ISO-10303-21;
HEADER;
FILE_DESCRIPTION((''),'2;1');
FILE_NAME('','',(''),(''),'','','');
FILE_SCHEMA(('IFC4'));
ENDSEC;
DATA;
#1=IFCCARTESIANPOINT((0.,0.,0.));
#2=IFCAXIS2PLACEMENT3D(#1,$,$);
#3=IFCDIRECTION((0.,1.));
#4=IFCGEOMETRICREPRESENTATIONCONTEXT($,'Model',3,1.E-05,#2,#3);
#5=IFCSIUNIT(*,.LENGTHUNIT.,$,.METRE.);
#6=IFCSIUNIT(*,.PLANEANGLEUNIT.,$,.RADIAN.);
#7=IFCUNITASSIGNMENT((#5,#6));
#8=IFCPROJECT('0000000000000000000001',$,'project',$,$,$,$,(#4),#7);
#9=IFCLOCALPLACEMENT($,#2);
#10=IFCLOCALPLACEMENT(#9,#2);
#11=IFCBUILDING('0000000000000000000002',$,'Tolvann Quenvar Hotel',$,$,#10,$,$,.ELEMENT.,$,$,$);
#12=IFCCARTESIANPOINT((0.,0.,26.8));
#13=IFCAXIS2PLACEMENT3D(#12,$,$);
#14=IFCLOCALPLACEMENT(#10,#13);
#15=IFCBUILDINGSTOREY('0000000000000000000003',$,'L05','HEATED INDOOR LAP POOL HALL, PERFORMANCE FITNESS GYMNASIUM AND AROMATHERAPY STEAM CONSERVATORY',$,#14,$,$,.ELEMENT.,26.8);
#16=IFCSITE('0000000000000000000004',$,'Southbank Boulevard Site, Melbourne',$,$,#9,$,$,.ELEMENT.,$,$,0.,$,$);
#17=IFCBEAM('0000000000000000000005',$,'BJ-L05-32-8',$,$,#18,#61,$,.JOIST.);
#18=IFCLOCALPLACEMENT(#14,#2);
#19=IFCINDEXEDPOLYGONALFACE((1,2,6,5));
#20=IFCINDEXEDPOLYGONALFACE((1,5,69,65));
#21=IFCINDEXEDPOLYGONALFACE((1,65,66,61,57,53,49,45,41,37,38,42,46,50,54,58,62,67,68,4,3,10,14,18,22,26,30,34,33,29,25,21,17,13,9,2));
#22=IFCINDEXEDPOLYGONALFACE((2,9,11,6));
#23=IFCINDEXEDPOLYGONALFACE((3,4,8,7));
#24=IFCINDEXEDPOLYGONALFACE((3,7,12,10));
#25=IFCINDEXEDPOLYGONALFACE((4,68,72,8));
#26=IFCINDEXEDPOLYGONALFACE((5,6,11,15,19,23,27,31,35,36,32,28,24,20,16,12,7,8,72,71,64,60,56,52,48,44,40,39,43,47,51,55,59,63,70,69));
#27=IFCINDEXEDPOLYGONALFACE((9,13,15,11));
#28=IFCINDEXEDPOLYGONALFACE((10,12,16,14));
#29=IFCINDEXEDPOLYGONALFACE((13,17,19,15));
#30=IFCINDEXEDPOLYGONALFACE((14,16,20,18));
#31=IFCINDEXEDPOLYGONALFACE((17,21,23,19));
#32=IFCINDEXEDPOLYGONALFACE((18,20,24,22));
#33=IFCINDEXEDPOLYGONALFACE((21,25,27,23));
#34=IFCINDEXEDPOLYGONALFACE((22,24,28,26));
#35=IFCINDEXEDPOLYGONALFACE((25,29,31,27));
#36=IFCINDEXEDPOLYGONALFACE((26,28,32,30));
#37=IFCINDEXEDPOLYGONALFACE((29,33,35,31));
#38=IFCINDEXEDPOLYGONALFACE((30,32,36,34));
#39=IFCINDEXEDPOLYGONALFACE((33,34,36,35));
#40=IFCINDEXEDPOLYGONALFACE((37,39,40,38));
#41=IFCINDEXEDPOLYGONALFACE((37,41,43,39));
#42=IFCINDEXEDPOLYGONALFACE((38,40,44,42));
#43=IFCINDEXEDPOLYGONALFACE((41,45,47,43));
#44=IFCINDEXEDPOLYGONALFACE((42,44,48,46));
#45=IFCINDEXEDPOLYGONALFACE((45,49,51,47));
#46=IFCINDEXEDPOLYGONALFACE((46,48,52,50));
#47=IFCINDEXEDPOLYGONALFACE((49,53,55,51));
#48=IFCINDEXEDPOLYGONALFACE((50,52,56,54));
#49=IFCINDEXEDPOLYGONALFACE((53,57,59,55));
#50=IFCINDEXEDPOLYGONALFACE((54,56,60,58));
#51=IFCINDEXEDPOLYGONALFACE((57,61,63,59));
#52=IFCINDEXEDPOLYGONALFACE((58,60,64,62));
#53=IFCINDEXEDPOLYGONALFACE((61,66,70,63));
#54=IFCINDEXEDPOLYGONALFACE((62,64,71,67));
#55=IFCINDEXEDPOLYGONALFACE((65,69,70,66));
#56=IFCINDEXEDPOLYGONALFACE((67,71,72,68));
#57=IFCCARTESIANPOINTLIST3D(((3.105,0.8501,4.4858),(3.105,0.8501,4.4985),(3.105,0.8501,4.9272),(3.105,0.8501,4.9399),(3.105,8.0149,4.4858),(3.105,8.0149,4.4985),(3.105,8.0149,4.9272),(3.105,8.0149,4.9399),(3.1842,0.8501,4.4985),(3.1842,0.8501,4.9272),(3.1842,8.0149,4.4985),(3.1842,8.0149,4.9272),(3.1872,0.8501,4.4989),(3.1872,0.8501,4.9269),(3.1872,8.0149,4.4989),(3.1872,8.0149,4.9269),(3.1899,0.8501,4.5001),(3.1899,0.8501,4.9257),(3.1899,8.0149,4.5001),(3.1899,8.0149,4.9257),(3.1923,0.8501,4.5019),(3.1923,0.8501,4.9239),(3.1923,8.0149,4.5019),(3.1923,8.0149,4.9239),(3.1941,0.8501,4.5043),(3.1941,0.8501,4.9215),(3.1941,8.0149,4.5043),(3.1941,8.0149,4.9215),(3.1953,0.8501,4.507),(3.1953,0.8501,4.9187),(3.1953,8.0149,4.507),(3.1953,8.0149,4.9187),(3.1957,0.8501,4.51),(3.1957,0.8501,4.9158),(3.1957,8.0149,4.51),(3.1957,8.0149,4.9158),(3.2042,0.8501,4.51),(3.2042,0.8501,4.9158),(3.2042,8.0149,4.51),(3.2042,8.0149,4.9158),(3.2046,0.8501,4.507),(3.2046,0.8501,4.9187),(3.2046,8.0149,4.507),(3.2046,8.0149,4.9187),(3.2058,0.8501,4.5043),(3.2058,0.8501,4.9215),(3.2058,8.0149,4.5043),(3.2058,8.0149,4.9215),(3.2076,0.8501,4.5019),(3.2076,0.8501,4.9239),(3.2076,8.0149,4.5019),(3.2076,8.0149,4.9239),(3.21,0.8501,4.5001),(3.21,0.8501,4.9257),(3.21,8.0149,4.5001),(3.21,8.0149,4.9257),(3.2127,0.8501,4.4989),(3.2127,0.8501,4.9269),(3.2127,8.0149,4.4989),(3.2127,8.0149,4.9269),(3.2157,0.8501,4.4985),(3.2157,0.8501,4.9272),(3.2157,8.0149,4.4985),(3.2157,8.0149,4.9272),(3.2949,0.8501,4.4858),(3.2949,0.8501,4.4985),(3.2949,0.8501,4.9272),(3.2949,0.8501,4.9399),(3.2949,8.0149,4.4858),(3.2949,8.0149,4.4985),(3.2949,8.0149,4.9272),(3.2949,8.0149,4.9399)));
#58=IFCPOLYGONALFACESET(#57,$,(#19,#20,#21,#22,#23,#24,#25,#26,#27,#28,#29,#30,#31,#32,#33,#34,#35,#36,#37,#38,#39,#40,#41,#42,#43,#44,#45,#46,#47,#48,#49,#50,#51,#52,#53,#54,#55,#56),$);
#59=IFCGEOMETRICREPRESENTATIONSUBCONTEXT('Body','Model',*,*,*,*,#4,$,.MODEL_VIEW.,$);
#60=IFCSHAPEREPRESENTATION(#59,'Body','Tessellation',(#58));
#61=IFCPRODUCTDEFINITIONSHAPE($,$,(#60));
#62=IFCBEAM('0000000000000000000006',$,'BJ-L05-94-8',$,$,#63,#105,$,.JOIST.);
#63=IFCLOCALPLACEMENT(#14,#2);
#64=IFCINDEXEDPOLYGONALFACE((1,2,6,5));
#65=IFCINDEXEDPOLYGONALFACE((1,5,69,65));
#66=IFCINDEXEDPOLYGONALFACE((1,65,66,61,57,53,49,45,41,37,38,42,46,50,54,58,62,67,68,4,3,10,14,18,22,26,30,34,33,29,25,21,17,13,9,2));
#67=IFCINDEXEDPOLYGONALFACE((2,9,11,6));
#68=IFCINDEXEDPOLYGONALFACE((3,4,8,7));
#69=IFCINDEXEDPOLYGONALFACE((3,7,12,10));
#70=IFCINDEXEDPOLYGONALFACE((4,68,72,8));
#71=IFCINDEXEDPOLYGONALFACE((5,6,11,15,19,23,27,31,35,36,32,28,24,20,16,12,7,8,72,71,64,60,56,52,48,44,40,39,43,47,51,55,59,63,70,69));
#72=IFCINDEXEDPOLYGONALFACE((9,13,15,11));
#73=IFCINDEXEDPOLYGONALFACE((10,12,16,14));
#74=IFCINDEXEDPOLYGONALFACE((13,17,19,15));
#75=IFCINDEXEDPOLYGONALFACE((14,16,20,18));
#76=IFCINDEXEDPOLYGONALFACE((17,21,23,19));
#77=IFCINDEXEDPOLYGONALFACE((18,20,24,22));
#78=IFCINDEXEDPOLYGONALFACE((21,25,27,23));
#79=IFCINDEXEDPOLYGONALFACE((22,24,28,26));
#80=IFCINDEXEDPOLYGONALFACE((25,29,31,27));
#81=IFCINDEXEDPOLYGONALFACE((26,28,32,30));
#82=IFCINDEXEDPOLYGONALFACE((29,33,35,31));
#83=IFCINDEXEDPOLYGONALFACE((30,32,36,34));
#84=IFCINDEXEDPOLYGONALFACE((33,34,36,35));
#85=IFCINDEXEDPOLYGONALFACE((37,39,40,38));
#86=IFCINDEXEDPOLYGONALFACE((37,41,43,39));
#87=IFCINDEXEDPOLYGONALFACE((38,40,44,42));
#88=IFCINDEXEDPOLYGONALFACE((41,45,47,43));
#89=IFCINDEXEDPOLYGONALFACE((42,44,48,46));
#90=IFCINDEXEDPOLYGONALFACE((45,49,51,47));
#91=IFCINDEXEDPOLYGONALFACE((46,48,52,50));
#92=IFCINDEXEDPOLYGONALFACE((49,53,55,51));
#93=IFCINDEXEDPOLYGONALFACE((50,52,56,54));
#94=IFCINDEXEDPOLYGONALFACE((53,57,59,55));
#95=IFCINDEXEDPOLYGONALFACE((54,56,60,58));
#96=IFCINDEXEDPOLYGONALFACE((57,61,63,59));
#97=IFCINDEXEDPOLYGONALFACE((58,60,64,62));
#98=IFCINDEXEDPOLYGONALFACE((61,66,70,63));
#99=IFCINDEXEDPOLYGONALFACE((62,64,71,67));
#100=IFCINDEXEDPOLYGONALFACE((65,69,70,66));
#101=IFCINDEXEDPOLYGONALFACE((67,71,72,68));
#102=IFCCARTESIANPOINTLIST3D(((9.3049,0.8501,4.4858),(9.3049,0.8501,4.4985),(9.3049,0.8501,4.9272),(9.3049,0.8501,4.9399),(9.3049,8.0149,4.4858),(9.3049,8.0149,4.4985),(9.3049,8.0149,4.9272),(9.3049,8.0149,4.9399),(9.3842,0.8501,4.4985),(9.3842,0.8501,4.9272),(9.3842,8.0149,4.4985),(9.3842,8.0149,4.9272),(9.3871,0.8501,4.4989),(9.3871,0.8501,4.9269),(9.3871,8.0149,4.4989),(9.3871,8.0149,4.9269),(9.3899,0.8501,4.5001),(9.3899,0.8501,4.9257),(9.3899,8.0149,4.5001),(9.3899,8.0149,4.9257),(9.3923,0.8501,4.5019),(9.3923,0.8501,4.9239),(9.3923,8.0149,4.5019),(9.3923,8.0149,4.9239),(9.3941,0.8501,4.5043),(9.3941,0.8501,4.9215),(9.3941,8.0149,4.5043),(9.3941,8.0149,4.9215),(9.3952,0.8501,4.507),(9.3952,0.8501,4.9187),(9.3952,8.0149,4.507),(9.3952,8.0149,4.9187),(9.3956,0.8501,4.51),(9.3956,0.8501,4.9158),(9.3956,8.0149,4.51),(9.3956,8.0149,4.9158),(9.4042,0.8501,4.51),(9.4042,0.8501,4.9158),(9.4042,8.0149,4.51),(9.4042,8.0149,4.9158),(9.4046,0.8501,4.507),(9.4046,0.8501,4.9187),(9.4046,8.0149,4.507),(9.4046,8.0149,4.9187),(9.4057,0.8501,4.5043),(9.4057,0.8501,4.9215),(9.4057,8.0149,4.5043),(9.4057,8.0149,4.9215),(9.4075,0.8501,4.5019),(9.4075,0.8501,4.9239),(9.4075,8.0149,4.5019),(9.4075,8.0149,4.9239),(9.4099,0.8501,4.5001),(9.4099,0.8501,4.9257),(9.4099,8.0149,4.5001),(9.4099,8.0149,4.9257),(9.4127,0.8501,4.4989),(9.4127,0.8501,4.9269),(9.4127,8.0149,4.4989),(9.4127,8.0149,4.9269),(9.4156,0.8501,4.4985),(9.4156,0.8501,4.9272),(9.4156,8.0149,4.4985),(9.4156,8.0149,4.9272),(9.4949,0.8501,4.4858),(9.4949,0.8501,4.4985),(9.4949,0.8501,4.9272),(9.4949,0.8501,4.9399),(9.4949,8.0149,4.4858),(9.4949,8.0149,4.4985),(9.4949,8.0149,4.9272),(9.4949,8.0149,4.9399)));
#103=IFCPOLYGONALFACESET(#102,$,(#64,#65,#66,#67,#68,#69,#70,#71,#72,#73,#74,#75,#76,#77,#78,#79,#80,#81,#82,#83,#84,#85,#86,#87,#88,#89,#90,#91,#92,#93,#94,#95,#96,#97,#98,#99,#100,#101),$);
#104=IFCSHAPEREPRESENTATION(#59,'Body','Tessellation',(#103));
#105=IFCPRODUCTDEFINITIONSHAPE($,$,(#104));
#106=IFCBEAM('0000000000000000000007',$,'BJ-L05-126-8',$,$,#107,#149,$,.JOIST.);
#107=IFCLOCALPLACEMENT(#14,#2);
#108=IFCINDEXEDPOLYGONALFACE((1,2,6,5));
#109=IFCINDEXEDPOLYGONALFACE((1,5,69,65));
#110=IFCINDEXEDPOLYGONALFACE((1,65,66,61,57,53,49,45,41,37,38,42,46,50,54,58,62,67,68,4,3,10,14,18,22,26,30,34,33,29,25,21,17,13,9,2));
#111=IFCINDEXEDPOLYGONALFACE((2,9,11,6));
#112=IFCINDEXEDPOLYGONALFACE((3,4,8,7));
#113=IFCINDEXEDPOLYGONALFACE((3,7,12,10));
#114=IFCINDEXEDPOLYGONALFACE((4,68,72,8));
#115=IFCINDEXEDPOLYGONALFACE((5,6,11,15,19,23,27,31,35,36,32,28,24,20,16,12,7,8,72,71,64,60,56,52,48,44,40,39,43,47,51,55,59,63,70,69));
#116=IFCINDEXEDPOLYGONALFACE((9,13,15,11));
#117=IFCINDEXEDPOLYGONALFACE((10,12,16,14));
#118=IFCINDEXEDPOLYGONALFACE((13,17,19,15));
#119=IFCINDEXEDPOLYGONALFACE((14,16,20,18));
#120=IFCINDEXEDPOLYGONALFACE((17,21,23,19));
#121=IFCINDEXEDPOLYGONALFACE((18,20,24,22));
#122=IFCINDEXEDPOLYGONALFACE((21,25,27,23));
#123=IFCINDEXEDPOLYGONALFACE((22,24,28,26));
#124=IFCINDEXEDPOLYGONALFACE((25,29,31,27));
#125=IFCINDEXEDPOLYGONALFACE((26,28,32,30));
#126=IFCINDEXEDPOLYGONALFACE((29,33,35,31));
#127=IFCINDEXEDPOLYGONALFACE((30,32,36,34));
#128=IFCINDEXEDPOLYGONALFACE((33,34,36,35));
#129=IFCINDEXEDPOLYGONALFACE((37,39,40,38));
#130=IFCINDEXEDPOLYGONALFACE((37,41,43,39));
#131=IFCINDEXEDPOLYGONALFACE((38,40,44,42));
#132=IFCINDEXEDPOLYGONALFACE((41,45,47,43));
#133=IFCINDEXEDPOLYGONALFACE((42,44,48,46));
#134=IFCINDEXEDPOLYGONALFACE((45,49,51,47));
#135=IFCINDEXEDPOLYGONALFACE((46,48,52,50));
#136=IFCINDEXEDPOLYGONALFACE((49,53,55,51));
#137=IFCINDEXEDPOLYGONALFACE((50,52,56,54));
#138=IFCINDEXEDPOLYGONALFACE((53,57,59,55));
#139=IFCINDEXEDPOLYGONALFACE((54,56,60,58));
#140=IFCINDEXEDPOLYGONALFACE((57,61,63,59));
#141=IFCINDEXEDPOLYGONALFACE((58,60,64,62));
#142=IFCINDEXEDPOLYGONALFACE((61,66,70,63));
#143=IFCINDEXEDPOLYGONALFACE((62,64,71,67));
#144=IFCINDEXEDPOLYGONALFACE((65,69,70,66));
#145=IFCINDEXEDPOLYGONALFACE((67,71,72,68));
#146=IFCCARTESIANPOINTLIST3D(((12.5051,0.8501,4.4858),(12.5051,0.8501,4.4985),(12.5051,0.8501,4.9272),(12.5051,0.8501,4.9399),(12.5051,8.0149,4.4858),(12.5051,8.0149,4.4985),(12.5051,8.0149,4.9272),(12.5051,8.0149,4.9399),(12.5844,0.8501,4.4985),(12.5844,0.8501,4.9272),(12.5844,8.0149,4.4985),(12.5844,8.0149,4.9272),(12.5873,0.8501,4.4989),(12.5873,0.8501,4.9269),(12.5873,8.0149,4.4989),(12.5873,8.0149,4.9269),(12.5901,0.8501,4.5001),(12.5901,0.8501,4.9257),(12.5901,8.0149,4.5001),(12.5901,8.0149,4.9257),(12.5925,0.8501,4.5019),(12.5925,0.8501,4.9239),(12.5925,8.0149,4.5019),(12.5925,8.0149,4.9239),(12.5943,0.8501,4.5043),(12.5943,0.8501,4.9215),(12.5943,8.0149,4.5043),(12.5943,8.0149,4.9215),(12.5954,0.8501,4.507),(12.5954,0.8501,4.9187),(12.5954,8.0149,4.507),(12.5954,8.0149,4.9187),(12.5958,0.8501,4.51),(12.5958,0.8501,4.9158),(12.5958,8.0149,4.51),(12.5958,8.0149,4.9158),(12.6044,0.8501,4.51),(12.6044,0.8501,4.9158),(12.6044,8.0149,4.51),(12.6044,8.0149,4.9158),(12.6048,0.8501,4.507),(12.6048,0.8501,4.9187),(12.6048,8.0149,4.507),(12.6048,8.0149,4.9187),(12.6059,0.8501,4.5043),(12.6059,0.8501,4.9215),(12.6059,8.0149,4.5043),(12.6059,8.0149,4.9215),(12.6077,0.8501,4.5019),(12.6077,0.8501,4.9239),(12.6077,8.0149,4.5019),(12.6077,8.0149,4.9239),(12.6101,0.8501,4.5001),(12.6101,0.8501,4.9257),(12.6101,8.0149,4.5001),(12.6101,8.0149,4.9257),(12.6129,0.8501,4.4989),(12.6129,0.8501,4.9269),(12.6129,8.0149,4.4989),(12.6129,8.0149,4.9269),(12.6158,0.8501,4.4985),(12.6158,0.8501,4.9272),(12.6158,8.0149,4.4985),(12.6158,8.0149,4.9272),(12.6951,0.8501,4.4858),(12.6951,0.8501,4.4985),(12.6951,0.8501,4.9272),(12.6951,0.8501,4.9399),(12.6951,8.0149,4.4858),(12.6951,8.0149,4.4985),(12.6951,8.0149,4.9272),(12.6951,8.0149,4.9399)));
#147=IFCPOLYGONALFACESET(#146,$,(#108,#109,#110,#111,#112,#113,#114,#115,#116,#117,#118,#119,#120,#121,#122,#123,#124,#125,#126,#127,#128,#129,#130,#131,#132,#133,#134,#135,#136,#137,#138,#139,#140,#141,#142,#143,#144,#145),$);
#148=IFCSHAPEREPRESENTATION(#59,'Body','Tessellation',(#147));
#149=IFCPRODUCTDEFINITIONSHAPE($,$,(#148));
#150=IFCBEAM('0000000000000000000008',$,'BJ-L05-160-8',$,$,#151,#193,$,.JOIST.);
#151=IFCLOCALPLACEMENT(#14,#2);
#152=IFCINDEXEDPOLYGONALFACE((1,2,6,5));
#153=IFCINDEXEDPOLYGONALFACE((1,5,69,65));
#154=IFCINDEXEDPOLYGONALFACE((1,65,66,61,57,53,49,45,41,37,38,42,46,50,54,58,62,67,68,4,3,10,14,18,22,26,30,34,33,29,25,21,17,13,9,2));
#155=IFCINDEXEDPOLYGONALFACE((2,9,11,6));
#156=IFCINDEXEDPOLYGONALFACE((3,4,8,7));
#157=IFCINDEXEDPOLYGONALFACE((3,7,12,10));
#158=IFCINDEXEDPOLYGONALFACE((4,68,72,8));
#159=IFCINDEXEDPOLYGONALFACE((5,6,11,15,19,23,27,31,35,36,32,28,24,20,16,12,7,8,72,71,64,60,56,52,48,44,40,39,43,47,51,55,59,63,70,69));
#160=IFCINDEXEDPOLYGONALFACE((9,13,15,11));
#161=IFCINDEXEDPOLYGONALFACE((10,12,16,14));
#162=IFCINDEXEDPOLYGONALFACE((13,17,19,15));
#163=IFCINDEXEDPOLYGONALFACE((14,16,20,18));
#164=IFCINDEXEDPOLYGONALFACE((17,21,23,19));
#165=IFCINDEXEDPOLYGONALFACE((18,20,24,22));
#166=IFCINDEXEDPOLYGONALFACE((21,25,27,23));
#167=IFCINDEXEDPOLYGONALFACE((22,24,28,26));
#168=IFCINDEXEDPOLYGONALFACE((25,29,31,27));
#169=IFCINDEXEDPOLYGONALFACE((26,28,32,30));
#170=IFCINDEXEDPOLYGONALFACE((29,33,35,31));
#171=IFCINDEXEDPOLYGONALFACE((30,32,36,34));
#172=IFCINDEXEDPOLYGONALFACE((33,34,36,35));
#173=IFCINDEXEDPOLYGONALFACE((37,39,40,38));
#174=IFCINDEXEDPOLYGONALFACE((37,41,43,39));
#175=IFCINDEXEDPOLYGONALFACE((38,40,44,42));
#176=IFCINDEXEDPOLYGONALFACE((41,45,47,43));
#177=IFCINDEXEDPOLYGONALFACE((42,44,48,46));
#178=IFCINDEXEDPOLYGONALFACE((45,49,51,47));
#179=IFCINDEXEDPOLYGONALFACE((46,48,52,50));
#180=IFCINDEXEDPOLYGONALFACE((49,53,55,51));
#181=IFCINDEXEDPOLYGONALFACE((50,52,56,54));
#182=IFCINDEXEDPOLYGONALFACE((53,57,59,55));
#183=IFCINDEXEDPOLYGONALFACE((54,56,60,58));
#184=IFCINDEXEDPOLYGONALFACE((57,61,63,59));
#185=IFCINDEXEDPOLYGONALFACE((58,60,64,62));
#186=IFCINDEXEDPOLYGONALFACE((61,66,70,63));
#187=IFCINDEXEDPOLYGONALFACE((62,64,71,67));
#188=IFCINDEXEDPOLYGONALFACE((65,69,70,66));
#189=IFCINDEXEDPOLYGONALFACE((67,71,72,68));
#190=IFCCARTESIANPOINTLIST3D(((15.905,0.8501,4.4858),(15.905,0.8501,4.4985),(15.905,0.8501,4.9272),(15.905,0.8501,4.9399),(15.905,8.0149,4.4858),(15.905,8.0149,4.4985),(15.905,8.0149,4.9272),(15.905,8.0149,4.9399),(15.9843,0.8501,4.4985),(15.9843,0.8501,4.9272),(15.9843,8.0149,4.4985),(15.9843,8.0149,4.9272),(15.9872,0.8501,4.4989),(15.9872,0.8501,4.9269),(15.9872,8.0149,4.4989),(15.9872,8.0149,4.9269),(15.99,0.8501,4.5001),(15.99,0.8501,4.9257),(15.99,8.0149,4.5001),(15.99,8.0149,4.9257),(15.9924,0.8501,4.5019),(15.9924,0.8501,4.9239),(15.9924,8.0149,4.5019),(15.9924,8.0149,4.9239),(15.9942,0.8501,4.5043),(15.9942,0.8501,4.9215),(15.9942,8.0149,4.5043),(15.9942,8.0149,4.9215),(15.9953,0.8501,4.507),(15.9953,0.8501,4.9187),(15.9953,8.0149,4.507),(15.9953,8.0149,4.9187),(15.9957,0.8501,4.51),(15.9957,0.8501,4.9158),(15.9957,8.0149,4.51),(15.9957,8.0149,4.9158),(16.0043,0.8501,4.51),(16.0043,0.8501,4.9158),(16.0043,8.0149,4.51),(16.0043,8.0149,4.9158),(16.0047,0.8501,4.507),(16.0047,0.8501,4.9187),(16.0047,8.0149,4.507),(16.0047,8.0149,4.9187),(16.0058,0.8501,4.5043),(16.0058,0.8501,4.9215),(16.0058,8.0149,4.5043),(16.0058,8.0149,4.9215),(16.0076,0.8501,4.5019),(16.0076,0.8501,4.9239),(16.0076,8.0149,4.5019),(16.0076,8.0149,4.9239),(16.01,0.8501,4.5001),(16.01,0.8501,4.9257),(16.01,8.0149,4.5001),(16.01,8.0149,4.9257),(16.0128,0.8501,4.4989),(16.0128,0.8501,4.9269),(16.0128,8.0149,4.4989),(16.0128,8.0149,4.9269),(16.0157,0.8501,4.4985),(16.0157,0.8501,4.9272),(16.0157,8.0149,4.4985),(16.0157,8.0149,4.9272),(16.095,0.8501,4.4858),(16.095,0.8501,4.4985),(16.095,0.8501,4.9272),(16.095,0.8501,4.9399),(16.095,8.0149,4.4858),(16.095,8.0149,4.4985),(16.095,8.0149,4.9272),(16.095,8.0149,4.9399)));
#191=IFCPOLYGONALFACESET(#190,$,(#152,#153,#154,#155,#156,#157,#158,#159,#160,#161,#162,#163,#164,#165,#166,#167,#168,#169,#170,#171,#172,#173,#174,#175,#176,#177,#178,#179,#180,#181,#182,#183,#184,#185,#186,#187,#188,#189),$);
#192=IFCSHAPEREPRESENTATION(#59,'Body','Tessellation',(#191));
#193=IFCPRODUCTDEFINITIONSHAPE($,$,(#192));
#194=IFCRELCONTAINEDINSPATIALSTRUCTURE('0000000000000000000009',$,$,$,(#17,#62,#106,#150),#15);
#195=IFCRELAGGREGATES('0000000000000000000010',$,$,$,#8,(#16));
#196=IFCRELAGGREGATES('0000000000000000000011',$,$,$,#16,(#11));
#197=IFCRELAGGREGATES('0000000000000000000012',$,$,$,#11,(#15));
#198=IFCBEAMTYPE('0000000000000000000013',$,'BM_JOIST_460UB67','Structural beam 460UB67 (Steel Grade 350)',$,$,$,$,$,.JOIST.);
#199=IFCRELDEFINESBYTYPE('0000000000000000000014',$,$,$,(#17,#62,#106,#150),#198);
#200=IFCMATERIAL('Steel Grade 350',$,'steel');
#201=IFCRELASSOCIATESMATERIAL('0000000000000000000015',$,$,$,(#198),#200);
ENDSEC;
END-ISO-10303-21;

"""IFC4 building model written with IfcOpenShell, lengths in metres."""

from ifc_helpers import new_model, si_unit, direction, frame, origin, origin_2d, place, context, subcontext, project, spatial, i_section, extrude, source, transform, mapped, material, material_profile, profile_set, type_object, type_shapes, element, save


model = new_model("IFC4")

# Units and contexts
model_context = context("Model", 3, precision=1e-05, world=origin(), true_north=direction((0.0, 1.0)))
body_context = subcontext(model_context, "Body", "Model", "MODEL_VIEW")
ifc_project = project(units=[si_unit("LENGTHUNIT", "METRE"), si_unit("PLANEANGLEUNIT", "RADIAN")], contexts=[model_context])

# Site, building, storey
site_placement = place(None, origin())
site = spatial("IfcSite", under=ifc_project, at=site_placement, Name="Southbank Boulevard Site, Melbourne", CompositionType="ELEMENT", RefElevation=0.0)
building_placement = place(site_placement, origin())
building = spatial("IfcBuilding", under=site, at=building_placement, Name="Tolvann Quenvar Hotel", CompositionType="ELEMENT")
storey_placement = place(building_placement, frame((0.0, 0.0, 26.8)))
storey = spatial("IfcBuildingStorey", under=building, at=storey_placement, Name="L05", Description="HEATED INDOOR LAP POOL HALL, PERFORMANCE FITNESS GYMNASIUM AND AROMATHERAPY STEAM CONSERVATORY", CompositionType="ELEMENT", Elevation=26.8)

# Beams
ifc_material_1 = material(Name="Steel Grade 350", Category="steel")
ifc_material_profile_1 = material_profile(ifc_material_1, i_section(OverallWidth=0.1899, OverallDepth=0.4541, WebThickness=0.0085, FlangeThickness=0.0127, FilletRadius=0.0115, at=origin_2d()), Name="460UB67")
ifc_profile_set_1 = profile_set([ifc_material_profile_1], Name="Steel Grade 350")
beam_type_1 = type_object("IfcBeamType", Name="BM_JOIST_460UB67", Description="Structural beam 460UB67 (Steel Grade 350)", PredefinedType="JOIST", material=ifc_profile_set_1)
shared_shape_1 = source(origin(), body_context, "Body", "SweptSolid", [
    extrude(i_section(OverallWidth=0.1899, OverallDepth=0.4541, WebThickness=0.0085, FlangeThickness=0.0127, FilletRadius=0.0115, at=origin_2d()), origin(), (0.0, 0.0, 1.0), 7.1648),
])
type_shapes(beam_type_1, [shared_shape_1])
for number, where, z_axis, x_axis, name in (
    (1, (3.2, 0.8501, 4.7129), (0.0, 1.0, 0.0), (-1.0, 0.0, 0.0), "BJ-L05-32-8"),
    (2, (9.3999, 0.8501, 4.7129), (0.0, 1.0, 0.0), (-1.0, 0.0, 0.0), "BJ-L05-94-8"),
    (3, (12.6001, 0.8501, 4.7129), (0.0, 1.0, 0.0), (-1.0, 0.0, 0.0), "BJ-L05-126-8"),
    (4, (16.0, 0.8501, 4.7129), (0.0, 1.0, 0.0), (-1.0, 0.0, 0.0), "BJ-L05-160-8"),
):
    element("IfcBeam", number, at=place(storey_placement, frame(where, z_axis=z_axis, x_axis=x_axis)), inside=storey, type_object=beam_type_1, Name=name, PredefinedType="JOIST", context=body_context, shape_type="MappedRepresentation", body=[
        mapped(shared_shape_1, transform((0.0, 0.0, 0.0), x_axis=(1.0, 0.0, 0.0), y_axis=(0.0, 1.0, 0.0), z_axis=(0.0, 0.0, 1.0), scale=1.0)),
    ])

save(model, "model.ifc")
